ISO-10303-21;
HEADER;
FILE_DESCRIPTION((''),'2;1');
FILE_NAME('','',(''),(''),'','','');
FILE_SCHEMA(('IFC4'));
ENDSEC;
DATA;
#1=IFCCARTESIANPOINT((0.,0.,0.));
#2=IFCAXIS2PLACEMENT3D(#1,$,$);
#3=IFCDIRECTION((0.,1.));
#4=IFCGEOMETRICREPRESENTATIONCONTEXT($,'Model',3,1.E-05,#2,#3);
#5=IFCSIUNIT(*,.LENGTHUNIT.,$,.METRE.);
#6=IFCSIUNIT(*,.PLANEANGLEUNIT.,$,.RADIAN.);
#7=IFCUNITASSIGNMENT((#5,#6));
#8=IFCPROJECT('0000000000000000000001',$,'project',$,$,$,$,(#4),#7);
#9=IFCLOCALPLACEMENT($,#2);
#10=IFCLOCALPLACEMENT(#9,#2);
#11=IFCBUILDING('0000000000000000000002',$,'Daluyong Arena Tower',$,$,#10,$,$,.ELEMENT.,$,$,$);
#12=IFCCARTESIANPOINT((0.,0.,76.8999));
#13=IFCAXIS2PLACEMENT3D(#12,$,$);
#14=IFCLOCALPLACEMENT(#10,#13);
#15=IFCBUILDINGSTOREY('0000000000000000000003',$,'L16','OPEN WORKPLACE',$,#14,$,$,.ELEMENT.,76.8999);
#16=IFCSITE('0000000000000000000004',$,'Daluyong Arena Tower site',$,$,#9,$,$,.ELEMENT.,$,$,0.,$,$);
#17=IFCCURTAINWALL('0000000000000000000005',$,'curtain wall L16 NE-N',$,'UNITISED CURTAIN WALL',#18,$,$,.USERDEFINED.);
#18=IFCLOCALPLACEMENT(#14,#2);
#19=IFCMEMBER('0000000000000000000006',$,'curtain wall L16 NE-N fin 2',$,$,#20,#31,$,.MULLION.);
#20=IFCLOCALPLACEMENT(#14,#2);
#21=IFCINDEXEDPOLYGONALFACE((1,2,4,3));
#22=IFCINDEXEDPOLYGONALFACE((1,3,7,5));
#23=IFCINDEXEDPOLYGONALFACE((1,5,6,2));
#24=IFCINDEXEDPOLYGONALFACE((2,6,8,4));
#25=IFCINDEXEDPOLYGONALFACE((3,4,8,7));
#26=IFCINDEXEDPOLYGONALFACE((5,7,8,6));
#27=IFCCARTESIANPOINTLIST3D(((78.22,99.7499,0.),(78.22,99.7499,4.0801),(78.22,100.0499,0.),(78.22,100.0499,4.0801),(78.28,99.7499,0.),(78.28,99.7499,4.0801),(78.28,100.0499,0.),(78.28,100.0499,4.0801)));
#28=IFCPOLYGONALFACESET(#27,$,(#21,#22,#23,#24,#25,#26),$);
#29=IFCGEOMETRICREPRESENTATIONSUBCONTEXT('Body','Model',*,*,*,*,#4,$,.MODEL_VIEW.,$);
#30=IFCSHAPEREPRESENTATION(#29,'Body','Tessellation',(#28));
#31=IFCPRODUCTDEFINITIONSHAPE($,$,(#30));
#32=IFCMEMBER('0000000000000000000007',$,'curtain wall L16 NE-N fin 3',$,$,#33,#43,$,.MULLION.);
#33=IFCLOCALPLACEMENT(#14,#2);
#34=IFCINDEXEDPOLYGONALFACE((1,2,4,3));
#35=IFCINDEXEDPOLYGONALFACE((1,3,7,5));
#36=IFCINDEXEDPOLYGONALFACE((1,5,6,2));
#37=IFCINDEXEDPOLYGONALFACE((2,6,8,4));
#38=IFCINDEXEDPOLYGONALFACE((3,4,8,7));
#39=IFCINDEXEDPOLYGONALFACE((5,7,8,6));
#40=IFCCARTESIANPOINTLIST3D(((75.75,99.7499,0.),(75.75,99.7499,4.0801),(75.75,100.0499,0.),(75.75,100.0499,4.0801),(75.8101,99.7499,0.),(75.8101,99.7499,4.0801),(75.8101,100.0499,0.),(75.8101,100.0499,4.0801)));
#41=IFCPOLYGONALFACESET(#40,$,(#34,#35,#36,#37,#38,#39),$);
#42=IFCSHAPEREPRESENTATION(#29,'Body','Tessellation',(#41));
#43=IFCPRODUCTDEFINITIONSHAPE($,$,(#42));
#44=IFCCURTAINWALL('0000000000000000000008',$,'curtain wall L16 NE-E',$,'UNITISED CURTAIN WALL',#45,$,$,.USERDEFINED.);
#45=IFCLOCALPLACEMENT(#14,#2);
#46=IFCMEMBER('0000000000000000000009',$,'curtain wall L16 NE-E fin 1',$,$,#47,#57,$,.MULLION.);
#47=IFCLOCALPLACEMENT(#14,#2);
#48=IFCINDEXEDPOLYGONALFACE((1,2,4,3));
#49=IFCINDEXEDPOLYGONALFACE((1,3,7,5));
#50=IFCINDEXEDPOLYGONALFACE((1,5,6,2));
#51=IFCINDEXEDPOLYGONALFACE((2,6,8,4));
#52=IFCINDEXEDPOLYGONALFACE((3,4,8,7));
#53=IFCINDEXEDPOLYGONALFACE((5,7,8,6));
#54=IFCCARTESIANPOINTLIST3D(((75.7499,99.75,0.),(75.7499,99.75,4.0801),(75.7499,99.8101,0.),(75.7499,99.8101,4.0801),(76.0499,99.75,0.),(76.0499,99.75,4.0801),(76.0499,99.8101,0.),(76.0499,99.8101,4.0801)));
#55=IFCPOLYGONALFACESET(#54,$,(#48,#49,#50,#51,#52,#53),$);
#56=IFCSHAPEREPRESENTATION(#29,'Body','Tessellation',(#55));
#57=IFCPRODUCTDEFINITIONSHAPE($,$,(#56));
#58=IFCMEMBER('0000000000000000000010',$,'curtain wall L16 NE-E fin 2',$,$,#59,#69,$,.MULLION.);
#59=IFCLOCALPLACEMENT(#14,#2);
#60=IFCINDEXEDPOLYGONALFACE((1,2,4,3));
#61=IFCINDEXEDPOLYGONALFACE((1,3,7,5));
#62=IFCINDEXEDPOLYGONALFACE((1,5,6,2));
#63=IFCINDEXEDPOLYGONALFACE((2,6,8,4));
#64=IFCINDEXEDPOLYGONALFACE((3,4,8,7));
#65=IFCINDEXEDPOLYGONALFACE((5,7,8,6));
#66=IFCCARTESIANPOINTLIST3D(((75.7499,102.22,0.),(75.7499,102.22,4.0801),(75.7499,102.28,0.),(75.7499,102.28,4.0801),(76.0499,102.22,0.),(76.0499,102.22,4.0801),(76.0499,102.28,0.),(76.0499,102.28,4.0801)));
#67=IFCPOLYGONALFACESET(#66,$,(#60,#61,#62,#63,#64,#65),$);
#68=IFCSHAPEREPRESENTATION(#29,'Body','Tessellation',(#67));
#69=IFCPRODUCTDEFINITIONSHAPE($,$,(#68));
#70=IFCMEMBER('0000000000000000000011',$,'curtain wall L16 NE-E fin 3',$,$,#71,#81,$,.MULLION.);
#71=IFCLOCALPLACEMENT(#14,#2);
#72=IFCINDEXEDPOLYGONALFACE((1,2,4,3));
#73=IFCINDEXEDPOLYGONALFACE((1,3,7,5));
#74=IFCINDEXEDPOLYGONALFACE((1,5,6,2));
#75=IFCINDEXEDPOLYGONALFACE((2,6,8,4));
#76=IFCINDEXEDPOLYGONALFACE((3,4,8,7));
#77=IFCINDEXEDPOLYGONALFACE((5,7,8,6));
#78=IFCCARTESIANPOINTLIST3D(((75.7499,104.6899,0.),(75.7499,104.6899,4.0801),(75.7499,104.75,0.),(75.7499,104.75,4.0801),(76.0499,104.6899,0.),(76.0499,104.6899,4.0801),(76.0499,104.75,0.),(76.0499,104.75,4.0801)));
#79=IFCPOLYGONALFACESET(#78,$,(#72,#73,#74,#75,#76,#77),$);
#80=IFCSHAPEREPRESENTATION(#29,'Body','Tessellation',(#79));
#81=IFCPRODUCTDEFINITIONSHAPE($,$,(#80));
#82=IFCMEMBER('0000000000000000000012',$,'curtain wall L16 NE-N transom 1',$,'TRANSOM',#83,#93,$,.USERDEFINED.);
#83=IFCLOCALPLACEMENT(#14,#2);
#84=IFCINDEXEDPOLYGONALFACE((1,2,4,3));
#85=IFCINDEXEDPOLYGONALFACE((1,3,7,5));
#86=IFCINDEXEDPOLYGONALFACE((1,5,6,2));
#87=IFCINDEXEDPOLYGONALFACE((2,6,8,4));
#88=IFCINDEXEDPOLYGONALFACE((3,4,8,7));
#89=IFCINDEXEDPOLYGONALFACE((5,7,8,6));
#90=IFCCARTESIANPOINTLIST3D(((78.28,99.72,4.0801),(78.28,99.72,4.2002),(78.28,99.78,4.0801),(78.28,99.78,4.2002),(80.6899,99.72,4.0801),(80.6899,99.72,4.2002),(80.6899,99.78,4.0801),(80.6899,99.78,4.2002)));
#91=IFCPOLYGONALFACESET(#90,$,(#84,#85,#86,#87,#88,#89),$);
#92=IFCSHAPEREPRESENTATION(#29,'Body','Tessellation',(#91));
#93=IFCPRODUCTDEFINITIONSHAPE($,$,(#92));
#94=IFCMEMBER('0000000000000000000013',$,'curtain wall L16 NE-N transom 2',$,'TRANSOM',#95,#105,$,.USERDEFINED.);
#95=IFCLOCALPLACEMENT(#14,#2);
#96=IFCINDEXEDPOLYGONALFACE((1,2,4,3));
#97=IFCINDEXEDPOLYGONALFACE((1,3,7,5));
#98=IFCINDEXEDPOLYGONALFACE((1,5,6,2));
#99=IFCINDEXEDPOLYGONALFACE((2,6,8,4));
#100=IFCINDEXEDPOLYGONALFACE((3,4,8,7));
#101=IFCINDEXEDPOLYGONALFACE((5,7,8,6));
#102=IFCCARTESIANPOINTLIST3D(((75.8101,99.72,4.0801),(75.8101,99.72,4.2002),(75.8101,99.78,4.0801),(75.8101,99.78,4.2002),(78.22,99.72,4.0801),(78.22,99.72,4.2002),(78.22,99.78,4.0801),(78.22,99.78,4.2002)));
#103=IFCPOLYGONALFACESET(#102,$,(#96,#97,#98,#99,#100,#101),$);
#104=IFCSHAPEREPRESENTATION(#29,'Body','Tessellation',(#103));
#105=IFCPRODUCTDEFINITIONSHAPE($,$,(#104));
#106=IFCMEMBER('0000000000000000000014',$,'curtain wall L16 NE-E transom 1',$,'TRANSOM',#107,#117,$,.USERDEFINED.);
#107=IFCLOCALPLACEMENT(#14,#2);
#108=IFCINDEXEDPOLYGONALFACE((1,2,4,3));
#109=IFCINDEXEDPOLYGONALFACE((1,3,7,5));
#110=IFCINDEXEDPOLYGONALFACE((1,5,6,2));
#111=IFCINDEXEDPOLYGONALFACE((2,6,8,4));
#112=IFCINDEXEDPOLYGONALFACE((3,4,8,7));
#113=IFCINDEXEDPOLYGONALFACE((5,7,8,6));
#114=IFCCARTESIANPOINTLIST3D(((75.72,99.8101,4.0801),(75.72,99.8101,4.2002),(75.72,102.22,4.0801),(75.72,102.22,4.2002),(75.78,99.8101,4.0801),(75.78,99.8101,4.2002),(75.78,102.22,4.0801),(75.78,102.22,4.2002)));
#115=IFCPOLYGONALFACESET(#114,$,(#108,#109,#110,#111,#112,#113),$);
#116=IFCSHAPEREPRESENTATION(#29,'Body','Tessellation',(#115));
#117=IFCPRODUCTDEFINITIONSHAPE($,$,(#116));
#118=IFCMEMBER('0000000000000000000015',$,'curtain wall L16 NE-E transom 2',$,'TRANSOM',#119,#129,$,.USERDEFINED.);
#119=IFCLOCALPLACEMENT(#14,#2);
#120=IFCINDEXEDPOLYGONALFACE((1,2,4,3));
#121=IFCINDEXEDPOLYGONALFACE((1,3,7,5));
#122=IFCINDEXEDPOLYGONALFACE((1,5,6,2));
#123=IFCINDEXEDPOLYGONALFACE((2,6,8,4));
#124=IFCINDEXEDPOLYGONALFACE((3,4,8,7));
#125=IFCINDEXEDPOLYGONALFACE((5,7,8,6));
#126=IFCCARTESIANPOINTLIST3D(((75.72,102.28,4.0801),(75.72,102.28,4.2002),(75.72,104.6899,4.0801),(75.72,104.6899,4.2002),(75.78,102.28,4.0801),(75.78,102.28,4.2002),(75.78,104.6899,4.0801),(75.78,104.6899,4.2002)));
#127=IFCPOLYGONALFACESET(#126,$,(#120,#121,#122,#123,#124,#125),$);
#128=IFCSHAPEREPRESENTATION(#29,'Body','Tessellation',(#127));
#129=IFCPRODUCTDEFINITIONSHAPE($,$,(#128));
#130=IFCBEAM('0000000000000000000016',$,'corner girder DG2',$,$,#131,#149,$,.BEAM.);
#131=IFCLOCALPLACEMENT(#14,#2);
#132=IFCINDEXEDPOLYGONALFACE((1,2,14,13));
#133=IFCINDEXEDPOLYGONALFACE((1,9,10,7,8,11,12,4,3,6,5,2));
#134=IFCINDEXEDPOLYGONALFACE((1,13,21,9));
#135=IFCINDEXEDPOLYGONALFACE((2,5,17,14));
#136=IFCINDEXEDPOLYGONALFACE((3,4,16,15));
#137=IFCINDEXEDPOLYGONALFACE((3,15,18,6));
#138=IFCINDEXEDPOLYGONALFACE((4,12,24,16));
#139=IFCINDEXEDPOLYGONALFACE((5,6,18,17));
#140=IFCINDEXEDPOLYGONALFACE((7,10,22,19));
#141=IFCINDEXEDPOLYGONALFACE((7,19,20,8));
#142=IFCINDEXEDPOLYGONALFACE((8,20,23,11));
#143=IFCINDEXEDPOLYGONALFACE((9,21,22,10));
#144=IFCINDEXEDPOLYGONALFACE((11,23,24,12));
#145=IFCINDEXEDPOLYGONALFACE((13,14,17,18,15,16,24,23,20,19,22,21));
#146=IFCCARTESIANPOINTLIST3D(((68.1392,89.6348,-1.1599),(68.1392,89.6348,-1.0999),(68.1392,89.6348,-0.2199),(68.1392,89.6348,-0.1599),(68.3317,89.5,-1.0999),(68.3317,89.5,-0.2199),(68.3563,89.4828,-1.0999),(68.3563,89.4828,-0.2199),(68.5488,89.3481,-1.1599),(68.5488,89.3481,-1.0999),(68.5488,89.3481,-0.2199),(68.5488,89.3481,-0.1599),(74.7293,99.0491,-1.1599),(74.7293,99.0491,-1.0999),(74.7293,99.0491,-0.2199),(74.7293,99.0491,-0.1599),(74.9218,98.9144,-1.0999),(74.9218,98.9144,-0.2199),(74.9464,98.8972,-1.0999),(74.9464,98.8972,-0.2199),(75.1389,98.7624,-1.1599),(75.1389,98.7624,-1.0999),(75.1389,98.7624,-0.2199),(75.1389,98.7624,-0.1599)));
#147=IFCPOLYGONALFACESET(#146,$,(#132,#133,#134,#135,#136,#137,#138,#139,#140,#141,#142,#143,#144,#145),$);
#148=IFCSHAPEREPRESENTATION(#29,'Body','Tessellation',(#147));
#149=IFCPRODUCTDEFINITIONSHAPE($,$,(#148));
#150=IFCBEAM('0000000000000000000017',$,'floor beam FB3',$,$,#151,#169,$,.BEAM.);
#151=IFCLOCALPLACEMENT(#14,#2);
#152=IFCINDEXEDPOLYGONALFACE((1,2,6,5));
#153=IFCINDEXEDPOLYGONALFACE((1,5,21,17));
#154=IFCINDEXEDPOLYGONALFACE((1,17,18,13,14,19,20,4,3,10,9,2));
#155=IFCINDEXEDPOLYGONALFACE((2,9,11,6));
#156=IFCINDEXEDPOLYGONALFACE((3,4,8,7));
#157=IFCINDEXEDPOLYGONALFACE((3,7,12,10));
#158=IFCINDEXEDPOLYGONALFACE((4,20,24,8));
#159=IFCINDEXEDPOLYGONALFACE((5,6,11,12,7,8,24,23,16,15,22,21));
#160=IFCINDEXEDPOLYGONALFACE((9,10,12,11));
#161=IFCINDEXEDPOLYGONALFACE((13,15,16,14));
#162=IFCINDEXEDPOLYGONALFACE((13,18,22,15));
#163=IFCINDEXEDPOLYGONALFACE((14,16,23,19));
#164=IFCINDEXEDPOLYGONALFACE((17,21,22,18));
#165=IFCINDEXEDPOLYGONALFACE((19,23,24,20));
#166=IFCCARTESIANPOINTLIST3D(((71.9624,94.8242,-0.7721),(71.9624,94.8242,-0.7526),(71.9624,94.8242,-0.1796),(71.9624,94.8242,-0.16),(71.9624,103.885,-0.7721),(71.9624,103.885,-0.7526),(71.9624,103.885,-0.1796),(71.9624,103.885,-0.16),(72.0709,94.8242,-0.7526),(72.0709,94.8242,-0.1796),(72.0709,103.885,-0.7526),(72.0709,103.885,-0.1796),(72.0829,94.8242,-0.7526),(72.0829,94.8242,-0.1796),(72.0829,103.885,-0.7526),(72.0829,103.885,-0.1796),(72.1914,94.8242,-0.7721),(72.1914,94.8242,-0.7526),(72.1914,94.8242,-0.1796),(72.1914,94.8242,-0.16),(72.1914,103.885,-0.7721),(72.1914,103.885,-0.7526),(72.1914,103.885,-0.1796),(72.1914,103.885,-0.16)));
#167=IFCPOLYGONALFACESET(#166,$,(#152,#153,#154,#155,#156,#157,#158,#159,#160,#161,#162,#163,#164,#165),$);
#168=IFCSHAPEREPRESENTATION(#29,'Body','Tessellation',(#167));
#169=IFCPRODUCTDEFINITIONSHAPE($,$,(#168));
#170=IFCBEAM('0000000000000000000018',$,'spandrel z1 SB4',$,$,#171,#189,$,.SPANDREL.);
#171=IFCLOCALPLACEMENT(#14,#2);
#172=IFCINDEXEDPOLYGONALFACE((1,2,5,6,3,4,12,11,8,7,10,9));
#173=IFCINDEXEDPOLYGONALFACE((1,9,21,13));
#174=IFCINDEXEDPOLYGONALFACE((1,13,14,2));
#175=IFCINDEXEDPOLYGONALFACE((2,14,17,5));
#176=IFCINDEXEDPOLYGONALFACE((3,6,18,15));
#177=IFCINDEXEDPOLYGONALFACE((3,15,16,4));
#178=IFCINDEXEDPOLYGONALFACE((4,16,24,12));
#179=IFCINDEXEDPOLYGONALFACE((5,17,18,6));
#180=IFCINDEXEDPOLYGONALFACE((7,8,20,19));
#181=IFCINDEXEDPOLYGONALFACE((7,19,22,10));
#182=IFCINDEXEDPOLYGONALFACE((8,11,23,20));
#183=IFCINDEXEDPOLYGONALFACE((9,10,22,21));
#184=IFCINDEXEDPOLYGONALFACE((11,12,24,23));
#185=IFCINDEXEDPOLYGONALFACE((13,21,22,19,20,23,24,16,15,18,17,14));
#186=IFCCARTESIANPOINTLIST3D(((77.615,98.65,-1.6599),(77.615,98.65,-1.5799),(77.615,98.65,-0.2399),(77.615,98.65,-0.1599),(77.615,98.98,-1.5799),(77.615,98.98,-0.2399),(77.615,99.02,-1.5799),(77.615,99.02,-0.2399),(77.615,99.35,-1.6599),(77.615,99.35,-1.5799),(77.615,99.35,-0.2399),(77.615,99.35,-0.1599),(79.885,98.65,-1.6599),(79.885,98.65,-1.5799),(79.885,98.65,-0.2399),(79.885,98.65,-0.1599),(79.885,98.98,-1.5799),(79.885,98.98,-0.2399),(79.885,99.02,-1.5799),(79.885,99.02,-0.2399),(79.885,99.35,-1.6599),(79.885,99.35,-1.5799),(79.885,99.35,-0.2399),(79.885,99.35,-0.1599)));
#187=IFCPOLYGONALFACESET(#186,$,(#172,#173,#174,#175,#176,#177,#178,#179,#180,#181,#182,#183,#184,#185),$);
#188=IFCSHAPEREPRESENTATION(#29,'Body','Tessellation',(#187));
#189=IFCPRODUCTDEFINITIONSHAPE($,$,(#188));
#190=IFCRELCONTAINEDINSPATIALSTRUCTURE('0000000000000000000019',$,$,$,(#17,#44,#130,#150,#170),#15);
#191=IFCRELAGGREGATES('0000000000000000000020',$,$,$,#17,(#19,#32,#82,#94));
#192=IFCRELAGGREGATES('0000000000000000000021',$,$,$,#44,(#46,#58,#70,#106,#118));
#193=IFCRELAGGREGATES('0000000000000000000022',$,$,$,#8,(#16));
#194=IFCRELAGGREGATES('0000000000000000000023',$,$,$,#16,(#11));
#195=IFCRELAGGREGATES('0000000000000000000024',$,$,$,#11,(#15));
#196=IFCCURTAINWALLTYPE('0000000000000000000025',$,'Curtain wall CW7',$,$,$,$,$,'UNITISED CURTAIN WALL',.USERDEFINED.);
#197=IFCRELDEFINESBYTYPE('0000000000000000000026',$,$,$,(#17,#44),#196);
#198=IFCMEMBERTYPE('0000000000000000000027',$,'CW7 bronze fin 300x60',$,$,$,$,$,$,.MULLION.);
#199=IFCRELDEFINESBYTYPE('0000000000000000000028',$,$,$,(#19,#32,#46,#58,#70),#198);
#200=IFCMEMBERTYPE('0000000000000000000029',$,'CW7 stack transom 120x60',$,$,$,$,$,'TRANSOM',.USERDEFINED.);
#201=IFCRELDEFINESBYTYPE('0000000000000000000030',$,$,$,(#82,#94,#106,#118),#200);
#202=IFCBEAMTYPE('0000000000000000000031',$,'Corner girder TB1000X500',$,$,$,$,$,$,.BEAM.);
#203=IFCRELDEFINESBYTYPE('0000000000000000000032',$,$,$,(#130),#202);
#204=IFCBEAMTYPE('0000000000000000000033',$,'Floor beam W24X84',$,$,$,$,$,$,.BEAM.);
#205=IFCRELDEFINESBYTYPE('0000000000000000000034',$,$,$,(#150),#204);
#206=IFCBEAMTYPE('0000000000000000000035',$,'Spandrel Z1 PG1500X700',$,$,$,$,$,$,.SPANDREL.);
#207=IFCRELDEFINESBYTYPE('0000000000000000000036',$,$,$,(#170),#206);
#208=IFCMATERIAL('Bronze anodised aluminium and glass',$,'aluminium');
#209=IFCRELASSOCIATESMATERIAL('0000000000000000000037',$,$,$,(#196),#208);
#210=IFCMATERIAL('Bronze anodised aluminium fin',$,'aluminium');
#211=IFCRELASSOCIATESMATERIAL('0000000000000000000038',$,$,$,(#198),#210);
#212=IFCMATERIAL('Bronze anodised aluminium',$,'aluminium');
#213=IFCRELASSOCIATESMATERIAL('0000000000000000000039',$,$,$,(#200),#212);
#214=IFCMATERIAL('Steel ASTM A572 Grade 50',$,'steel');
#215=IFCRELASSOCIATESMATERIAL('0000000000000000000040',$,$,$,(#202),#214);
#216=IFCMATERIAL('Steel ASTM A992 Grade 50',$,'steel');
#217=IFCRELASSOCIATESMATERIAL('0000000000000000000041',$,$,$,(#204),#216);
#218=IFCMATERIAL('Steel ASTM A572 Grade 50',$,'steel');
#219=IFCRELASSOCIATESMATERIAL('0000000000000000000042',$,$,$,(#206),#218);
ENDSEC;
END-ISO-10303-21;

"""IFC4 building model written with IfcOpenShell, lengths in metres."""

from ifc_helpers import new_model, si_unit, direction, frame, origin, origin_2d, place, context, subcontext, project, spatial, rectangle, i_section, extrude, material, material_profile, profile_set, type_object, element, aggregate, save


model = new_model("IFC4")

# Units and contexts
model_context = context("Model", 3, precision=1e-05, world=origin(), true_north=direction((0.0, 1.0)))
body_context = subcontext(model_context, "Body", "Model", "MODEL_VIEW")
ifc_project = project(units=[si_unit("LENGTHUNIT", "METRE"), si_unit("PLANEANGLEUNIT", "RADIAN")], contexts=[model_context])

# Site, building, storey
site_placement = place(None, origin())
site = spatial("IfcSite", under=ifc_project, at=site_placement, Name="Daluyong Arena Tower site", CompositionType="ELEMENT", RefElevation=0.0)
building_placement = place(site_placement, origin())
building = spatial("IfcBuilding", under=site, at=building_placement, Name="Daluyong Arena Tower", CompositionType="ELEMENT")
storey_placement = place(building_placement, frame((0.0, 0.0, 76.8999)))
storey = spatial("IfcBuildingStorey", under=building, at=storey_placement, Name="L16", Description="OPEN WORKPLACE", CompositionType="ELEMENT", Elevation=76.8999)

# Curtain walls, members
ifc_material_1 = material(Name="Bronze anodised aluminium and glass", Category="aluminium")
curtain_wall_type_1 = type_object("IfcCurtainWallType", Name="Curtain wall CW7", ElementType="UNITISED CURTAIN WALL", PredefinedType="USERDEFINED", material=ifc_material_1)
curtain_wall_1_placement = place(storey_placement, origin())
curtain_wall_1 = element("IfcCurtainWall", 1, at=curtain_wall_1_placement, inside=storey, type_object=curtain_wall_type_1, Name="curtain wall L16 NE-N", ObjectType="UNITISED CURTAIN WALL", PredefinedType="USERDEFINED")
ifc_material_2 = material(Name="Bronze anodised aluminium fin", Category="aluminium")
ifc_material_profile_1 = material_profile(ifc_material_2, rectangle(XDim=0.3, YDim=0.0601, at=origin_2d()))
ifc_profile_set_1 = profile_set([ifc_material_profile_1], Name="Bronze anodised aluminium fin")
member_type_1 = type_object("IfcMemberType", Name="CW7 bronze fin 300x60", PredefinedType="MULLION", material=ifc_profile_set_1)
member_1_placement = place(storey_placement, frame((78.25, 99.8999, 0.0), z_axis=(0.0, 0.0, 1.0), x_axis=(0.0, -1.0, 0.0)))
member_1 = element("IfcMember", 2, at=member_1_placement, type_object=member_type_1, Name="curtain wall L16 NE-N fin 2", PredefinedType="MULLION", context=body_context, shape_type="SweptSolid", body=[
    extrude(rectangle(XDim=0.3, YDim=0.0601, at=origin_2d()), origin(), (0.0, 0.0, 1.0), 4.0801),
])
member_2_placement = place(storey_placement, frame((75.78, 99.8999, 0.0), z_axis=(0.0, 0.0, 1.0), x_axis=(0.0, -1.0, 0.0)))
member_2 = element("IfcMember", 3, at=member_2_placement, type_object=member_type_1, Name="curtain wall L16 NE-N fin 3", PredefinedType="MULLION", context=body_context, shape_type="SweptSolid", body=[
    extrude(rectangle(XDim=0.3, YDim=0.0601, at=origin_2d()), origin(), (0.0, 0.0, 1.0), 4.0801),
])
curtain_wall_2_placement = place(storey_placement, origin())
curtain_wall_2 = element("IfcCurtainWall", 4, at=curtain_wall_2_placement, inside=storey, type_object=curtain_wall_type_1, Name="curtain wall L16 NE-E", ObjectType="UNITISED CURTAIN WALL", PredefinedType="USERDEFINED")
member_3_placement = place(storey_placement, frame((75.8999, 99.78, 0.0), z_axis=(0.0, 0.0, 1.0), x_axis=(-1.0, 0.0, 0.0)))
member_3 = element("IfcMember", 5, at=member_3_placement, type_object=member_type_1, Name="curtain wall L16 NE-E fin 1", PredefinedType="MULLION", context=body_context, shape_type="SweptSolid", body=[
    extrude(rectangle(XDim=0.3, YDim=0.0601, at=origin_2d()), origin(), (0.0, 0.0, 1.0), 4.0801),
])
member_4_placement = place(storey_placement, frame((75.8999, 102.25, 0.0), z_axis=(0.0, 0.0, 1.0), x_axis=(-1.0, 0.0, 0.0)))
member_4 = element("IfcMember", 6, at=member_4_placement, type_object=member_type_1, Name="curtain wall L16 NE-E fin 2", PredefinedType="MULLION", context=body_context, shape_type="SweptSolid", body=[
    extrude(rectangle(XDim=0.3, YDim=0.0601, at=origin_2d()), origin(), (0.0, 0.0, 1.0), 4.0801),
])
member_5_placement = place(storey_placement, frame((75.8999, 104.72, 0.0), z_axis=(0.0, 0.0, 1.0), x_axis=(-1.0, 0.0, 0.0)))
member_5 = element("IfcMember", 7, at=member_5_placement, type_object=member_type_1, Name="curtain wall L16 NE-E fin 3", PredefinedType="MULLION", context=body_context, shape_type="SweptSolid", body=[
    extrude(rectangle(XDim=0.3, YDim=0.0601, at=origin_2d()), origin(), (0.0, 0.0, 1.0), 4.0801),
])

# Members
ifc_material_3 = material(Name="Bronze anodised aluminium", Category="aluminium")
ifc_material_profile_2 = material_profile(ifc_material_3, rectangle(XDim=0.0601, YDim=0.1201, at=origin_2d()))
ifc_profile_set_2 = profile_set([ifc_material_profile_2], Name="Bronze anodised aluminium")
member_type_2 = type_object("IfcMemberType", Name="CW7 stack transom 120x60", ElementType="TRANSOM", PredefinedType="USERDEFINED", material=ifc_profile_set_2)
member_6_placement = place(storey_placement, frame((80.6899, 99.75, 4.1401), z_axis=(-1.0, 0.0, 0.0), x_axis=(0.0, -1.0, 0.0)))
member_6 = element("IfcMember", 8, at=member_6_placement, type_object=member_type_2, Name="curtain wall L16 NE-N transom 1", ObjectType="TRANSOM", PredefinedType="USERDEFINED", context=body_context, shape_type="SweptSolid", body=[
    extrude(rectangle(XDim=0.0601, YDim=0.1201, at=origin_2d()), origin(), (0.0, 0.0, 1.0), 2.4099),
])
member_7_placement = place(storey_placement, frame((78.22, 99.75, 4.1401), z_axis=(-1.0, 0.0, 0.0), x_axis=(0.0, -1.0, 0.0)))
member_7 = element("IfcMember", 9, at=member_7_placement, type_object=member_type_2, Name="curtain wall L16 NE-N transom 2", ObjectType="TRANSOM", PredefinedType="USERDEFINED", context=body_context, shape_type="SweptSolid", body=[
    extrude(rectangle(XDim=0.0601, YDim=0.1201, at=origin_2d()), origin(), (0.0, 0.0, 1.0), 2.4099),
])
member_8_placement = place(storey_placement, frame((75.75, 99.8101, 4.1401), z_axis=(0.0, 1.0, 0.0), x_axis=(-1.0, 0.0, 0.0)))
member_8 = element("IfcMember", 10, at=member_8_placement, type_object=member_type_2, Name="curtain wall L16 NE-E transom 1", ObjectType="TRANSOM", PredefinedType="USERDEFINED", context=body_context, shape_type="SweptSolid", body=[
    extrude(rectangle(XDim=0.0601, YDim=0.1201, at=origin_2d()), origin(), (0.0, 0.0, 1.0), 2.4099),
])
member_9_placement = place(storey_placement, frame((75.75, 102.28, 4.1401), z_axis=(0.0, 1.0, 0.0), x_axis=(-1.0, 0.0, 0.0)))
member_9 = element("IfcMember", 11, at=member_9_placement, type_object=member_type_2, Name="curtain wall L16 NE-E transom 2", ObjectType="TRANSOM", PredefinedType="USERDEFINED", context=body_context, shape_type="SweptSolid", body=[
    extrude(rectangle(XDim=0.0601, YDim=0.1201, at=origin_2d()), origin(), (0.0, 0.0, 1.0), 2.4099),
])

# Beams
ifc_material_4 = material(Name="Steel ASTM A572 Grade 50", Category="steel")
ifc_material_profile_3 = material_profile(ifc_material_4, i_section(OverallWidth=0.5, OverallDepth=1.0, WebThickness=0.03, FlangeThickness=0.06, at=origin_2d()))
ifc_profile_set_3 = profile_set([ifc_material_profile_3], Name="Steel ASTM A572 Grade 50")
beam_type_1 = type_object("IfcBeamType", Name="Corner girder TB1000X500", PredefinedType="BEAM", material=ifc_profile_set_3)
beam_1_placement = place(storey_placement, frame((74.9341, 98.9058, -0.6599), z_axis=(-0.573467, -0.819229, 0.0), x_axis=(0.819229, -0.573467, 0.0)))
element("IfcBeam", 12, at=beam_1_placement, inside=storey, type_object=beam_type_1, Name="corner girder DG2", PredefinedType="BEAM", context=body_context, shape_type="SweptSolid", body=[
    extrude(i_section(OverallWidth=0.5, OverallDepth=1.0, WebThickness=0.03, FlangeThickness=0.06, at=origin_2d()), origin(), (0.0, 0.0, 1.0), 11.4917),
])
ifc_material_5 = material(Name="Steel ASTM A992 Grade 50", Category="steel")
ifc_material_profile_4 = material_profile(ifc_material_5, i_section(OverallWidth=0.229, OverallDepth=0.6121, WebThickness=0.012, FlangeThickness=0.0195, at=origin_2d()))
ifc_profile_set_4 = profile_set([ifc_material_profile_4], Name="Steel ASTM A992 Grade 50")
beam_type_2 = type_object("IfcBeamType", Name="Floor beam W24X84", PredefinedType="BEAM", material=ifc_profile_set_4)
beam_2_placement = place(storey_placement, frame((72.0769, 103.885, -0.4661), z_axis=(0.0, -1.0, 0.0), x_axis=(1.0, 0.0, 0.0)))
element("IfcBeam", 13, at=beam_2_placement, inside=storey, type_object=beam_type_2, Name="floor beam FB3", PredefinedType="BEAM", context=body_context, shape_type="SweptSolid", body=[
    extrude(i_section(OverallWidth=0.229, OverallDepth=0.6121, WebThickness=0.012, FlangeThickness=0.0195, at=origin_2d()), origin(), (0.0, 0.0, 1.0), 9.0608),
])
ifc_material_6 = material(Name="Steel ASTM A572 Grade 50", Category="steel")
ifc_material_profile_5 = material_profile(ifc_material_6, i_section(OverallWidth=0.7, OverallDepth=1.5, WebThickness=0.04, FlangeThickness=0.08, at=origin_2d()))
ifc_profile_set_5 = profile_set([ifc_material_profile_5], Name="Steel ASTM A572 Grade 50")
beam_type_3 = type_object("IfcBeamType", Name="Spandrel Z1 PG1500X700", PredefinedType="SPANDREL", material=ifc_profile_set_5)
for number, where, z_axis, x_axis, name in (
    (14, (79.885, 99.0, -0.9099), (-1.0, 0.0, 0.0), (0.0, -1.0, 0.0), "spandrel z1 SB4"),
):
    element("IfcBeam", number, at=place(storey_placement, frame(where, z_axis=z_axis, x_axis=x_axis)), inside=storey, type_object=beam_type_3, Name=name, PredefinedType="SPANDREL", context=body_context, shape_type="SweptSolid", body=[
        extrude(i_section(OverallWidth=0.7, OverallDepth=1.5, WebThickness=0.04, FlangeThickness=0.08, at=origin_2d()), origin(), (0.0, 0.0, 1.0), 2.27),
    ])

aggregate(curtain_wall_1, [member_1, member_2, member_6, member_7])
aggregate(curtain_wall_2, [member_3, member_4, member_5, member_8, member_9])

save(model, "model.ifc")
